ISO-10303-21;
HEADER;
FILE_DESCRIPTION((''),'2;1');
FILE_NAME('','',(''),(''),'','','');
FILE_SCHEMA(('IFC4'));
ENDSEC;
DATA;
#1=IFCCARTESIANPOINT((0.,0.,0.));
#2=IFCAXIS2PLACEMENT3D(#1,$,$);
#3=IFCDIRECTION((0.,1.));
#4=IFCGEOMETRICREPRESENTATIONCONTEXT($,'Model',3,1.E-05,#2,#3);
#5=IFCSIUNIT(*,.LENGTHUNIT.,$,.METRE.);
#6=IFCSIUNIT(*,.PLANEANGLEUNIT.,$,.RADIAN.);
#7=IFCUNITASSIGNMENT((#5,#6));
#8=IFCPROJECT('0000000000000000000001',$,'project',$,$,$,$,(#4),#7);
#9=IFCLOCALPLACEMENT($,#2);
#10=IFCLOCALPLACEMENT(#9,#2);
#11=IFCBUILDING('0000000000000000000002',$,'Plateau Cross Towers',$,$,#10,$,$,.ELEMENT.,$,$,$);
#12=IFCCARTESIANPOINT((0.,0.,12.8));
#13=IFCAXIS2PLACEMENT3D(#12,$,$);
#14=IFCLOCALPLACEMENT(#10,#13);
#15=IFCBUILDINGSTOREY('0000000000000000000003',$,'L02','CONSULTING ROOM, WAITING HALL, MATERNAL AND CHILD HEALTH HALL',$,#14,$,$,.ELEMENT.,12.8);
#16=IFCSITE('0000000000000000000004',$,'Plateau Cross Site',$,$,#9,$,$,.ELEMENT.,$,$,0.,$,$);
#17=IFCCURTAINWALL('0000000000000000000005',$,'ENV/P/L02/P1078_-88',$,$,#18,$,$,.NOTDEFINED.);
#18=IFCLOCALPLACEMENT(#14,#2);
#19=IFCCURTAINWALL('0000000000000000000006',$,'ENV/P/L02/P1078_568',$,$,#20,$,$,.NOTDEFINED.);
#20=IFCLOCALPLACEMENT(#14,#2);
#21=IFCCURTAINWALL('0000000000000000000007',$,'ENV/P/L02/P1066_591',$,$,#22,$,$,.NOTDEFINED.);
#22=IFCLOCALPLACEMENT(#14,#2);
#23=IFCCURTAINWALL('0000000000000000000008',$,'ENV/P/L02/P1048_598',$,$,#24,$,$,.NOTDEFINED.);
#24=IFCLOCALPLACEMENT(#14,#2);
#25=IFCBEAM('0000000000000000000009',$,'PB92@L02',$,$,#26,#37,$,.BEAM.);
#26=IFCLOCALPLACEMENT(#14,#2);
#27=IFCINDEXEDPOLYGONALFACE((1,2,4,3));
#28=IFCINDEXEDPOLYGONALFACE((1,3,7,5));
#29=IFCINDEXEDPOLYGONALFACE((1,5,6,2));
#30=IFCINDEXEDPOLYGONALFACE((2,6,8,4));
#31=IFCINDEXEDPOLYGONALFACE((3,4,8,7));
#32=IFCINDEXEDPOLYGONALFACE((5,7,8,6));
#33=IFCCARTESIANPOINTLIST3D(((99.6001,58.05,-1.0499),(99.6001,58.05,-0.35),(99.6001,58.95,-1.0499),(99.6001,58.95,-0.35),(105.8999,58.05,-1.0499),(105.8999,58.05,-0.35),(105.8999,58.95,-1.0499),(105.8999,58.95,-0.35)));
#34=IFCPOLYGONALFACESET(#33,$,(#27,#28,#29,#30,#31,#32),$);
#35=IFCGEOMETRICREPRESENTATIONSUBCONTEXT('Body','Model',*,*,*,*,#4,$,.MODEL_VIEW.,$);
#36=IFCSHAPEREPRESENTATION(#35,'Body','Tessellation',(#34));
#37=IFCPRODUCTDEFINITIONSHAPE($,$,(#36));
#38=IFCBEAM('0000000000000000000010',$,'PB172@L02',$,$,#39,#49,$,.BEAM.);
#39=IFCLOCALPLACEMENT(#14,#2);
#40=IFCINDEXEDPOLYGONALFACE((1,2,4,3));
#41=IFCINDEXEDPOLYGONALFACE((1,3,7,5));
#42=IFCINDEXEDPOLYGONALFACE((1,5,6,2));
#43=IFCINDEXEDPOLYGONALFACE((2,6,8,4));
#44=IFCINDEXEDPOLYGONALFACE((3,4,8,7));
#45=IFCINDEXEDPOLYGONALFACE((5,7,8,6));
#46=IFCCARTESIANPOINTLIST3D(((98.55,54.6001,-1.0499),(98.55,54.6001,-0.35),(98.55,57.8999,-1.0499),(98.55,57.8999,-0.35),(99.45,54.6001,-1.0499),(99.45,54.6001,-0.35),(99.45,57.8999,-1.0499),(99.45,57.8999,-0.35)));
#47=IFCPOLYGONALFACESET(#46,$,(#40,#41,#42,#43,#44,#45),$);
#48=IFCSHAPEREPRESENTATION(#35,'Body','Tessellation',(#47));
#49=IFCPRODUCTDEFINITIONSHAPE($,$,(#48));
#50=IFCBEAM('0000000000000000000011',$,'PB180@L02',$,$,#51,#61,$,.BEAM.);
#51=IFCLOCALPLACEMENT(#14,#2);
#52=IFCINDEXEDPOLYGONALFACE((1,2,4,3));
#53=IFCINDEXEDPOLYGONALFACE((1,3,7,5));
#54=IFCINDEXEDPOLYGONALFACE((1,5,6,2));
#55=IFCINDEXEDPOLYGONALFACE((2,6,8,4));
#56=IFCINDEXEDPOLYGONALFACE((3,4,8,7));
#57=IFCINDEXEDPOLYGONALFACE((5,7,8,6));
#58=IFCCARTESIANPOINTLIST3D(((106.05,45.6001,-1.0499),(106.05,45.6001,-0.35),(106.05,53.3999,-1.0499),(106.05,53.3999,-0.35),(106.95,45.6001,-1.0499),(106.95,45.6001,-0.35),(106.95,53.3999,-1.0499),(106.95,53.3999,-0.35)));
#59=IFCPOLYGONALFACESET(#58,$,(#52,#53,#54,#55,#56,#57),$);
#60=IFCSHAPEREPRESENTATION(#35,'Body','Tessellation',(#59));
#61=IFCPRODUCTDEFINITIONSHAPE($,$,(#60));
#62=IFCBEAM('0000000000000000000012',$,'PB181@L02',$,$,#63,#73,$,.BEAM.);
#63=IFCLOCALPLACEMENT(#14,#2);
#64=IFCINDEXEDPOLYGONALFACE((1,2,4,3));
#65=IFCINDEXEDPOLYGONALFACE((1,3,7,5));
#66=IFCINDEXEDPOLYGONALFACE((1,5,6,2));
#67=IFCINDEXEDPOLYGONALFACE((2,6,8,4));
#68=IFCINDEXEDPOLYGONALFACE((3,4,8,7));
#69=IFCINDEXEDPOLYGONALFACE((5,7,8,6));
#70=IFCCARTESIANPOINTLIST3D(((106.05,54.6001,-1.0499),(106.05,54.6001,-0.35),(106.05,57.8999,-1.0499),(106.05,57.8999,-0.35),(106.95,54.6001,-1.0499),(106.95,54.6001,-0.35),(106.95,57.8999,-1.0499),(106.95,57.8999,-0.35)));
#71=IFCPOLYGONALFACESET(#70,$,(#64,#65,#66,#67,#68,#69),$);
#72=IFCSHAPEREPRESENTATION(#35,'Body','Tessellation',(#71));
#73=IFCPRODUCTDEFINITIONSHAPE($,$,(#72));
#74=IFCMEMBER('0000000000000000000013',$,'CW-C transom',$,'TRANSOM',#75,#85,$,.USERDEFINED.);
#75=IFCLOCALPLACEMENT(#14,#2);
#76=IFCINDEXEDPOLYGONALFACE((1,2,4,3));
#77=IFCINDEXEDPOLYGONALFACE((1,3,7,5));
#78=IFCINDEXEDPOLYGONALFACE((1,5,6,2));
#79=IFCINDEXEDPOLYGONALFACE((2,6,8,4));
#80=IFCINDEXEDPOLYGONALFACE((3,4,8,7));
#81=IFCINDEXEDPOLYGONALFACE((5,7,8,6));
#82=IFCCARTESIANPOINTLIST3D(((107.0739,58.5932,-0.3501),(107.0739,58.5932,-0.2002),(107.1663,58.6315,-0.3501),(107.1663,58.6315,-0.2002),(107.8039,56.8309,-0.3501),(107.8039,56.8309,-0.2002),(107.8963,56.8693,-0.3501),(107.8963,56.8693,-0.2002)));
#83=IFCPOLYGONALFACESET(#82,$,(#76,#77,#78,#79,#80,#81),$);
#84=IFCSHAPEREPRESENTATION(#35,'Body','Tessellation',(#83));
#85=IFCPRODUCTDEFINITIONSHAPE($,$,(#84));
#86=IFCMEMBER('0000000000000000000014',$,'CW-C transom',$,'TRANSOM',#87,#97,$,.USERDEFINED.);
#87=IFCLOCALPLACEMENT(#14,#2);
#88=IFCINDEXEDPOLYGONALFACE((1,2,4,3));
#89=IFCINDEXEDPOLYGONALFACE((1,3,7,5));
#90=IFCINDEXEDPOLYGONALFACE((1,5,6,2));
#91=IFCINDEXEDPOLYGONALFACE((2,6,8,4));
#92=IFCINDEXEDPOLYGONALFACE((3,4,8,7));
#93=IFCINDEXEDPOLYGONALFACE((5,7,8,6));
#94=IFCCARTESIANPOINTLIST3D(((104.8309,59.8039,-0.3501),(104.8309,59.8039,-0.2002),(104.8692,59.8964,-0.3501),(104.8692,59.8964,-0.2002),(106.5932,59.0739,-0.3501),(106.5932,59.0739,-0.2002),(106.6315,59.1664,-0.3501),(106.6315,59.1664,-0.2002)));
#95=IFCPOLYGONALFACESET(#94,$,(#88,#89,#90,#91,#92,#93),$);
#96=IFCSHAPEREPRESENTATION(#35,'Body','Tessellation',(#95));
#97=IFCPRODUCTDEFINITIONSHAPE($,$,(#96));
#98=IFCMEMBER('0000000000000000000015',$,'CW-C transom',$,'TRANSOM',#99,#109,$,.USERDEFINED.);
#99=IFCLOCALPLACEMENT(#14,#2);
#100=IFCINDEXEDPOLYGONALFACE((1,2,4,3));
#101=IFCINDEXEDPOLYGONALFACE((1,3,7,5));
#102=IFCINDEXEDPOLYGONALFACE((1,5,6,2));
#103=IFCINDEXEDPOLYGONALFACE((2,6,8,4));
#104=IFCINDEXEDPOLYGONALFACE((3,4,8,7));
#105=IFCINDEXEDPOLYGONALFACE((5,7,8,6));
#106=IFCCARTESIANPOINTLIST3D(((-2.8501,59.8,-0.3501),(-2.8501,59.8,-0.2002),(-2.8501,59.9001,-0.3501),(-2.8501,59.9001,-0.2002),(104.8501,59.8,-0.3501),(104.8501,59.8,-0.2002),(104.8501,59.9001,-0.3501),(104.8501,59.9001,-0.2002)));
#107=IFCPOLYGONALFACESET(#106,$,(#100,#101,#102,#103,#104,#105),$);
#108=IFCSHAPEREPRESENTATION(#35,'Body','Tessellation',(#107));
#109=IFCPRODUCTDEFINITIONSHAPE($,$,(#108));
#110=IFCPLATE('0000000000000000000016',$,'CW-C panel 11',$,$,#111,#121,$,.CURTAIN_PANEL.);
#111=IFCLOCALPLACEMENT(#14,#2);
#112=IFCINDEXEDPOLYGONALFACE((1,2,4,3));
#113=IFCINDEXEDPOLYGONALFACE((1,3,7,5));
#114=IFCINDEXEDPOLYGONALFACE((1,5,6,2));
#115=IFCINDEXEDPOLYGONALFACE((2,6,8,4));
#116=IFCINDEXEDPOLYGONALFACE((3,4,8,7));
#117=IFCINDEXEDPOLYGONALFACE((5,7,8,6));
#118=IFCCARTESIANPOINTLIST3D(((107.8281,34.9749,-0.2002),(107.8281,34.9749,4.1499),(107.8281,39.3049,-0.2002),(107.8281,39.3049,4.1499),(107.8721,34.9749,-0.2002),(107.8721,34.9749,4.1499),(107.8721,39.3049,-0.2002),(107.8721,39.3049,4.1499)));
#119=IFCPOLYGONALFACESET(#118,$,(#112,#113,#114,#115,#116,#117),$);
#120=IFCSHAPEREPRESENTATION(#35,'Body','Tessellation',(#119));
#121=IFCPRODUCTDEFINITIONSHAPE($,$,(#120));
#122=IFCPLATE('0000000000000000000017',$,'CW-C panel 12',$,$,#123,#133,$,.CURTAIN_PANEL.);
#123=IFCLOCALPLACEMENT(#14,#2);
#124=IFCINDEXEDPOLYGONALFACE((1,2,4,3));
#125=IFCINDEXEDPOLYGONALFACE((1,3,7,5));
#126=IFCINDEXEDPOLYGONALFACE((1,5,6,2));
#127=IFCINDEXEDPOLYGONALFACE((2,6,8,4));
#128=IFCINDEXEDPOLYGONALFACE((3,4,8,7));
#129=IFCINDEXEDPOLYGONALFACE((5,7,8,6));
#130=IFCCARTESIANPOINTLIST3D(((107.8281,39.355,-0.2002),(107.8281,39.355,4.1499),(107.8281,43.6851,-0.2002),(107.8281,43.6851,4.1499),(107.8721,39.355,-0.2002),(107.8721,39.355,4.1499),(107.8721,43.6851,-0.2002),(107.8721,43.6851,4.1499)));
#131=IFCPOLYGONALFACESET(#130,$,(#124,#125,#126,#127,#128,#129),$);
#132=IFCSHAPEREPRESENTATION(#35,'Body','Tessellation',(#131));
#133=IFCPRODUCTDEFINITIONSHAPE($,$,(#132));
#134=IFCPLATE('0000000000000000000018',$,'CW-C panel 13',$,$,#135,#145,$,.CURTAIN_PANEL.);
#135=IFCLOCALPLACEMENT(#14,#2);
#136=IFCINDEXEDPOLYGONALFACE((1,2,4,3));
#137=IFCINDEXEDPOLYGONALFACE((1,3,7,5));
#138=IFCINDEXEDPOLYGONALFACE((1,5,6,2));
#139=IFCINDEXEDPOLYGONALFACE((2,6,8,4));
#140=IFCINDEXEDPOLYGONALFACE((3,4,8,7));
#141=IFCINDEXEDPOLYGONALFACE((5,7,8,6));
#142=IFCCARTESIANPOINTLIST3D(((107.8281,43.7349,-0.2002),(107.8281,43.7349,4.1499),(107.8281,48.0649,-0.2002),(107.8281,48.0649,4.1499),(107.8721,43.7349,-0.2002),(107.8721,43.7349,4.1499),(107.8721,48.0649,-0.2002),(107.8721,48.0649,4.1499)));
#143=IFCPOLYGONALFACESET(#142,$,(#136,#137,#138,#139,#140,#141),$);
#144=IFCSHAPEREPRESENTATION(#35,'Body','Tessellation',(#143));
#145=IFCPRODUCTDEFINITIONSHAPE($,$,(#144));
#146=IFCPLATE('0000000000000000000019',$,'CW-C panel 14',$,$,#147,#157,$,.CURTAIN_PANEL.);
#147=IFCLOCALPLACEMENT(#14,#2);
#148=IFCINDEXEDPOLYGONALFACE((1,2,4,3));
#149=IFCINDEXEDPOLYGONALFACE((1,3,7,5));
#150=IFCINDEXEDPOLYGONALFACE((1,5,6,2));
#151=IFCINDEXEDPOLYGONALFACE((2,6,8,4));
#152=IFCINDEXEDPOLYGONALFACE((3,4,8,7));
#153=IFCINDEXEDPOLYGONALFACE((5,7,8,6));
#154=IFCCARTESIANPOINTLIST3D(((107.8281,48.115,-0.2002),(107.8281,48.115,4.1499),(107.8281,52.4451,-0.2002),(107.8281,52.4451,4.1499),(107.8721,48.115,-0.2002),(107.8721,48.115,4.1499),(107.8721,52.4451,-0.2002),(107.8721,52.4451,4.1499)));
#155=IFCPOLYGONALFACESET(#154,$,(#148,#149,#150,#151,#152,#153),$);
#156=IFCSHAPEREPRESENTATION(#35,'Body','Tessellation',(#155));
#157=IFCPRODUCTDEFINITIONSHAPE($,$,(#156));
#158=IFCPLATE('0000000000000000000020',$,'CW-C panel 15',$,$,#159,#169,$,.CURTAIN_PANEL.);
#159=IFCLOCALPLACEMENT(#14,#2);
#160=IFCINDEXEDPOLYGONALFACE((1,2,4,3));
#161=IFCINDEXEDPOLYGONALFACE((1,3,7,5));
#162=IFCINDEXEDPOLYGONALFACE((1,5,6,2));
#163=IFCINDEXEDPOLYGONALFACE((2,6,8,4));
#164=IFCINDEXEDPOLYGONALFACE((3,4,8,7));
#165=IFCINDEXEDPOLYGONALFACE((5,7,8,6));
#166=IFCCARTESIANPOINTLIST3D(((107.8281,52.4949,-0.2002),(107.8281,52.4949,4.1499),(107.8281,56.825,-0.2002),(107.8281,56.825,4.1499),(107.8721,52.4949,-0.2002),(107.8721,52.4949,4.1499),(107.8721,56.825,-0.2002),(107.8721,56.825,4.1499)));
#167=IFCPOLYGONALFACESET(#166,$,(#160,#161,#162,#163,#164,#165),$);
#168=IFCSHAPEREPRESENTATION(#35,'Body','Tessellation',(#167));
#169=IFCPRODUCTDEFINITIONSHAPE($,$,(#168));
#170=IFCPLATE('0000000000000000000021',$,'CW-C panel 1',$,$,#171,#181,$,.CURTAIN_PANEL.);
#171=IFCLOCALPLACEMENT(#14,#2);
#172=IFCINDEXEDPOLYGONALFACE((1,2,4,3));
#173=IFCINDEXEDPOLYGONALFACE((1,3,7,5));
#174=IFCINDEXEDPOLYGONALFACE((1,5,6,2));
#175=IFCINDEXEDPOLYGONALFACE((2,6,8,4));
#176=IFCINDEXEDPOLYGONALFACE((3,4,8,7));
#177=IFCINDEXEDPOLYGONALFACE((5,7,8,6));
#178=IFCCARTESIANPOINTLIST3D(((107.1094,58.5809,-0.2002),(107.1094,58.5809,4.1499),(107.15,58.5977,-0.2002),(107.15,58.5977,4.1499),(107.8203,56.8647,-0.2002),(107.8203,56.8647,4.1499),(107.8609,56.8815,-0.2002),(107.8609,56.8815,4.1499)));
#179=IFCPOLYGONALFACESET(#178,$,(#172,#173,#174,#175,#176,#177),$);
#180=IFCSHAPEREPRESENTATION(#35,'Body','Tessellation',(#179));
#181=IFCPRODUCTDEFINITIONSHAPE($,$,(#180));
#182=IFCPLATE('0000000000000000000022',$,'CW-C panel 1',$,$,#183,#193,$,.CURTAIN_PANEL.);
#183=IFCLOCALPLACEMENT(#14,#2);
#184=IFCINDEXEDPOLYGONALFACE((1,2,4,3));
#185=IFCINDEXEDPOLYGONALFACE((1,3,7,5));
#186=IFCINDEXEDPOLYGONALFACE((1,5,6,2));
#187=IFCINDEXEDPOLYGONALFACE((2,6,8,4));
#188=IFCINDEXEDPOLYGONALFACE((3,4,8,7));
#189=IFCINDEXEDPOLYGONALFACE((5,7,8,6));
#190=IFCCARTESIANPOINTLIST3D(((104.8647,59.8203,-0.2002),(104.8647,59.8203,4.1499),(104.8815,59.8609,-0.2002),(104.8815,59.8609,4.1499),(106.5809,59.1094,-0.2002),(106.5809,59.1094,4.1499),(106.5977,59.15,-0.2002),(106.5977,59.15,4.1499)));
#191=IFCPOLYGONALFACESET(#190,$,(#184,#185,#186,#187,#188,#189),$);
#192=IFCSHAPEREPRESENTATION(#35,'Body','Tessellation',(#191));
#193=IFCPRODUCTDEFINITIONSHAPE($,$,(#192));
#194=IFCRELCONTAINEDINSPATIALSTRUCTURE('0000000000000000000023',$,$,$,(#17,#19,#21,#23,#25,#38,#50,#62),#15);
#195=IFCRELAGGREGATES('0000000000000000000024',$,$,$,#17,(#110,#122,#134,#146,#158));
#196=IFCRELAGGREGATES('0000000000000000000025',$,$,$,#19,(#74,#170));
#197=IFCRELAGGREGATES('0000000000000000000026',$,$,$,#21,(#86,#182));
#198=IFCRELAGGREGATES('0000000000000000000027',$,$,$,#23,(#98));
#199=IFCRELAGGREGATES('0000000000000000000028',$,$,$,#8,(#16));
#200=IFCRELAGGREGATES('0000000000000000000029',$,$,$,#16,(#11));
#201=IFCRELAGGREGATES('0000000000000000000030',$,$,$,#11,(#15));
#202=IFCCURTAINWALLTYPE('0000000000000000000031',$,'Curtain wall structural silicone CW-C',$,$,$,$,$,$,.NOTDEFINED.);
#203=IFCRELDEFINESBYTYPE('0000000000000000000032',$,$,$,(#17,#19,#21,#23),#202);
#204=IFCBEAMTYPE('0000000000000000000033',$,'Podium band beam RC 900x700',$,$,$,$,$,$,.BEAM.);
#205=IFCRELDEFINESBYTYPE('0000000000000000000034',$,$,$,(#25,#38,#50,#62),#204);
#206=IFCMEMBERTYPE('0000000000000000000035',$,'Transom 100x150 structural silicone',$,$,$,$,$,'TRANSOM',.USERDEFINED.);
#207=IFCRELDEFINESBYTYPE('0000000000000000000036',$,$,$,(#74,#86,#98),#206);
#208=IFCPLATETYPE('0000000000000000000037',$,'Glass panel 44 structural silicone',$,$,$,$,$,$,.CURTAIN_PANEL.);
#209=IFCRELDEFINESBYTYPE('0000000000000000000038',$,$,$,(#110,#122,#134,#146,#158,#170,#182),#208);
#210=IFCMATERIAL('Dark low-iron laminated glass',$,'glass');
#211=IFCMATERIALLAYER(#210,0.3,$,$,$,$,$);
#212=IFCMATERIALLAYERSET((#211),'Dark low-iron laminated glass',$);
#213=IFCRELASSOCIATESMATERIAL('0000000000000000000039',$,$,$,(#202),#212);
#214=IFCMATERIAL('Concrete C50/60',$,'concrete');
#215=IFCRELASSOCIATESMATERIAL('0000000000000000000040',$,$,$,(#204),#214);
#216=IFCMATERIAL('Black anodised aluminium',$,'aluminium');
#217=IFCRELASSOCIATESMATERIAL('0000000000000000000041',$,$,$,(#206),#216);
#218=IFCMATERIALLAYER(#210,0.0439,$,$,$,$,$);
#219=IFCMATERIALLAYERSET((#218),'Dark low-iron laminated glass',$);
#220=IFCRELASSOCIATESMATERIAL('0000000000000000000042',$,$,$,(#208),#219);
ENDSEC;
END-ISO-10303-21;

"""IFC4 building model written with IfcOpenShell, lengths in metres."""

from ifc_helpers import new_model, si_unit, direction, frame, origin, origin_2d, place, context, subcontext, project, spatial, rectangle, extrude, material, layer, layer_set, material_profile, profile_set, type_object, element, aggregate, save


model = new_model("IFC4")

# Units and contexts
model_context = context("Model", 3, precision=1e-05, world=origin(), true_north=direction((0.0, 1.0)))
body_context = subcontext(model_context, "Body", "Model", "MODEL_VIEW")
ifc_project = project(units=[si_unit("LENGTHUNIT", "METRE"), si_unit("PLANEANGLEUNIT", "RADIAN")], contexts=[model_context])

# Site, building, storey
site_placement = place(None, origin())
site = spatial("IfcSite", under=ifc_project, at=site_placement, Name="Plateau Cross Site", CompositionType="ELEMENT", RefElevation=0.0)
building_placement = place(site_placement, origin())
building = spatial("IfcBuilding", under=site, at=building_placement, Name="Plateau Cross Towers", CompositionType="ELEMENT")
storey_placement = place(building_placement, frame((0.0, 0.0, 12.8)))
storey = spatial("IfcBuildingStorey", under=building, at=storey_placement, Name="L02", Description="CONSULTING ROOM, WAITING HALL, MATERNAL AND CHILD HEALTH HALL", CompositionType="ELEMENT", Elevation=12.8)

# Curtain walls
ifc_material_1 = material(Name="Dark low-iron laminated glass", Category="glass")
ifc_layer_1 = layer(ifc_material_1, 0.3)
ifc_layer_set_1 = layer_set([ifc_layer_1], Name="Dark low-iron laminated glass")
curtain_wall_type = type_object("IfcCurtainWallType", Name="Curtain wall structural silicone CW-C", PredefinedType="NOTDEFINED", material=ifc_layer_set_1)
curtain_wall_1_placement = place(storey_placement, origin())
curtain_wall_1 = element("IfcCurtainWall", 1, at=curtain_wall_1_placement, inside=storey, type_object=curtain_wall_type, Name="ENV/P/L02/P1078_-88", PredefinedType="NOTDEFINED")
ifc_material_2 = material(Name="Black anodised aluminium", Category="aluminium")
curtain_wall_2_placement = place(storey_placement, origin())
curtain_wall_2 = element("IfcCurtainWall", 2, at=curtain_wall_2_placement, inside=storey, type_object=curtain_wall_type, Name="ENV/P/L02/P1078_568", PredefinedType="NOTDEFINED")

# Curtain wall
curtain_wall_3_placement = place(storey_placement, origin())
curtain_wall_3 = element("IfcCurtainWall", 3, at=curtain_wall_3_placement, inside=storey, type_object=curtain_wall_type, Name="ENV/P/L02/P1066_591", PredefinedType="NOTDEFINED")

# Curtain wall
curtain_wall_4_placement = place(storey_placement, origin())
curtain_wall_4 = element("IfcCurtainWall", 4, at=curtain_wall_4_placement, inside=storey, type_object=curtain_wall_type, Name="ENV/P/L02/P1048_598", PredefinedType="NOTDEFINED")

# Beams
ifc_material_3 = material(Name="Concrete C50/60", Category="concrete")
ifc_material_profile_1 = material_profile(ifc_material_3, rectangle(XDim=0.8999, YDim=0.7, at=origin_2d()), Name="RC 900x700")
ifc_profile_set_1 = profile_set([ifc_material_profile_1], Name="Concrete C50/60")
beam_type = type_object("IfcBeamType", Name="Podium band beam RC 900x700", PredefinedType="BEAM", material=ifc_profile_set_1)
for number, where, z_axis, x_axis, name in (
    (5, (99.6001, 58.5, -0.7), (1.0, 0.0, 0.0), (0.0, 1.0, 0.0), "PB92@L02"),
):
    element("IfcBeam", number, at=place(storey_placement, frame(where, z_axis=z_axis, x_axis=x_axis)), inside=storey, type_object=beam_type, Name=name, PredefinedType="BEAM", context=body_context, shape_type="SweptSolid", body=[
        extrude(rectangle(XDim=0.8999, YDim=0.7, at=origin_2d()), origin(), (0.0, 0.0, 1.0), 6.2998),
    ])
beam_1_placement = place(storey_placement, frame((99.0, 54.6001, -0.7), z_axis=(0.0, 1.0, 0.0), x_axis=(-1.0, 0.0, 0.0)))
element("IfcBeam", 6, at=beam_1_placement, inside=storey, type_object=beam_type, Name="PB172@L02", PredefinedType="BEAM", context=body_context, shape_type="SweptSolid", body=[
    extrude(rectangle(XDim=0.8999, YDim=0.7, at=origin_2d()), origin(), (0.0, 0.0, 1.0), 3.2998),
])
beam_2_placement = place(storey_placement, frame((106.5, 45.6001, -0.7), z_axis=(0.0, 1.0, 0.0), x_axis=(-1.0, 0.0, 0.0)))
element("IfcBeam", 7, at=beam_2_placement, inside=storey, type_object=beam_type, Name="PB180@L02", PredefinedType="BEAM", context=body_context, shape_type="SweptSolid", body=[
    extrude(rectangle(XDim=0.8999, YDim=0.7, at=origin_2d()), origin(), (0.0, 0.0, 1.0), 7.7998),
])
beam_3_placement = place(storey_placement, frame((106.5, 54.6001, -0.7), z_axis=(0.0, 1.0, 0.0), x_axis=(-1.0, 0.0, 0.0)))
element("IfcBeam", 8, at=beam_3_placement, inside=storey, type_object=beam_type, Name="PB181@L02", PredefinedType="BEAM", context=body_context, shape_type="SweptSolid", body=[
    extrude(rectangle(XDim=0.8999, YDim=0.7, at=origin_2d()), origin(), (0.0, 0.0, 1.0), 3.2998),
])

# Members
ifc_material_profile_2 = material_profile(ifc_material_2, rectangle(XDim=0.1001, YDim=0.1499, at=origin_2d()), Name="TRANSOM 100x150")
ifc_profile_set_2 = profile_set([ifc_material_profile_2], Name="Black anodised aluminium")
member_type_1 = type_object("IfcMemberType", Name="Transom 100x150 structural silicone", ElementType="TRANSOM", PredefinedType="USERDEFINED", material=ifc_profile_set_2)
member_1_placement = place(storey_placement, frame((107.8501, 56.8501, -0.2751), z_axis=(-0.382706, 0.92387, 0.0), x_axis=(-0.92387, -0.382706, 0.0)))
member_1 = element("IfcMember", 9, at=member_1_placement, type_object=member_type_1, Name="CW-C transom", ObjectType="TRANSOM", PredefinedType="USERDEFINED", context=body_context, shape_type="SweptSolid", body=[
    extrude(rectangle(XDim=0.1001, YDim=0.1499, at=origin_2d()), origin(), (0.0, 0.0, 1.0), 1.9075),
])
member_2_placement = place(storey_placement, frame((106.6123, 59.1201, -0.2751), z_axis=(-0.92387, 0.382706, 0.0), x_axis=(-0.382706, -0.92387, 0.0)))
member_2 = element("IfcMember", 10, at=member_2_placement, type_object=member_type_1, Name="CW-C transom", ObjectType="TRANSOM", PredefinedType="USERDEFINED", context=body_context, shape_type="SweptSolid", body=[
    extrude(rectangle(XDim=0.1001, YDim=0.1499, at=origin_2d()), origin(), (0.0, 0.0, 1.0), 1.9075),
])
member_3_placement = place(storey_placement, frame((104.8501, 59.8501, -0.2751), z_axis=(-1.0, 0.0, 0.0), x_axis=(0.0, -1.0, 0.0)))
member_3 = element("IfcMember", 11, at=member_3_placement, type_object=member_type_1, Name="CW-C transom", ObjectType="TRANSOM", PredefinedType="USERDEFINED", context=body_context, shape_type="SweptSolid", body=[
    extrude(rectangle(XDim=0.1001, YDim=0.1499, at=origin_2d()), origin(), (0.0, 0.0, 1.0), 107.7002),
])

# Plates
ifc_layer_2 = layer(ifc_material_1, 0.0439)
ifc_layer_set_2 = layer_set([ifc_layer_2], Name="Dark low-iron laminated glass")
plate_type = type_object("IfcPlateType", Name="Glass panel 44 structural silicone", PredefinedType="CURTAIN_PANEL", material=ifc_layer_set_2)
plate_1_placement = place(storey_placement, frame((107.8501, 37.1399, -0.2002), z_axis=(0.0, 0.0, 1.0), x_axis=(0.0, 1.0, 0.0)))
plate_1 = element("IfcPlate", 12, at=plate_1_placement, type_object=plate_type, Name="CW-C panel 11", PredefinedType="CURTAIN_PANEL", context=body_context, shape_type="SweptSolid", body=[
    extrude(rectangle(XDim=4.3301, YDim=0.0439, at=origin_2d()), origin(), (0.0, 0.0, 1.0), 4.3501),
])
plate_2_placement = place(storey_placement, frame((107.8501, 41.52, -0.2002), z_axis=(0.0, 0.0, 1.0), x_axis=(0.0, 1.0, 0.0)))
plate_2 = element("IfcPlate", 13, at=plate_2_placement, type_object=plate_type, Name="CW-C panel 12", PredefinedType="CURTAIN_PANEL", context=body_context, shape_type="SweptSolid", body=[
    extrude(rectangle(XDim=4.3301, YDim=0.0439, at=origin_2d()), origin(), (0.0, 0.0, 1.0), 4.3501),
])
plate_3_placement = place(storey_placement, frame((107.8501, 45.8999, -0.2002), z_axis=(0.0, 0.0, 1.0), x_axis=(0.0, 1.0, 0.0)))
plate_3 = element("IfcPlate", 14, at=plate_3_placement, type_object=plate_type, Name="CW-C panel 13", PredefinedType="CURTAIN_PANEL", context=body_context, shape_type="SweptSolid", body=[
    extrude(rectangle(XDim=4.3301, YDim=0.0439, at=origin_2d()), origin(), (0.0, 0.0, 1.0), 4.3501),
])
plate_4_placement = place(storey_placement, frame((107.8501, 50.28, -0.2002), z_axis=(0.0, 0.0, 1.0), x_axis=(0.0, 1.0, 0.0)))
plate_4 = element("IfcPlate", 15, at=plate_4_placement, type_object=plate_type, Name="CW-C panel 14", PredefinedType="CURTAIN_PANEL", context=body_context, shape_type="SweptSolid", body=[
    extrude(rectangle(XDim=4.3301, YDim=0.0439, at=origin_2d()), origin(), (0.0, 0.0, 1.0), 4.3501),
])
plate_5_placement = place(storey_placement, frame((107.8501, 54.6599, -0.2002), z_axis=(0.0, 0.0, 1.0), x_axis=(0.0, 1.0, 0.0)))
plate_5 = element("IfcPlate", 16, at=plate_5_placement, type_object=plate_type, Name="CW-C panel 15", PredefinedType="CURTAIN_PANEL", context=body_context, shape_type="SweptSolid", body=[
    extrude(rectangle(XDim=4.3301, YDim=0.0439, at=origin_2d()), origin(), (0.0, 0.0, 1.0), 4.3501),
])
aggregate(curtain_wall_1, [plate_1, plate_2, plate_3, plate_4, plate_5])
plate_6_placement = place(storey_placement, frame((107.4851, 57.7312, -0.2002), z_axis=(0.0, 0.0, 1.0), x_axis=(-0.382684, 0.923879, 0.0)))
plate_6 = element("IfcPlate", 17, at=plate_6_placement, type_object=plate_type, Name="CW-C panel 1", PredefinedType="CURTAIN_PANEL", context=body_context, shape_type="SweptSolid", body=[
    extrude(rectangle(XDim=1.8577, YDim=0.0439, at=origin_2d()), origin(), (0.0, 0.0, 1.0), 4.3501),
])
aggregate(curtain_wall_2, [member_1, plate_6])
plate_7_placement = place(storey_placement, frame((105.7312, 59.4851, -0.2002), z_axis=(0.0, 0.0, 1.0), x_axis=(-0.923879, 0.382684, 0.0)))
plate_7 = element("IfcPlate", 18, at=plate_7_placement, type_object=plate_type, Name="CW-C panel 1", PredefinedType="CURTAIN_PANEL", context=body_context, shape_type="SweptSolid", body=[
    extrude(rectangle(XDim=1.8577, YDim=0.0439, at=origin_2d()), origin(), (0.0, 0.0, 1.0), 4.3501),
])
aggregate(curtain_wall_3, [member_2, plate_7])
aggregate(curtain_wall_4, [member_3])

save(model, "model.ifc")
